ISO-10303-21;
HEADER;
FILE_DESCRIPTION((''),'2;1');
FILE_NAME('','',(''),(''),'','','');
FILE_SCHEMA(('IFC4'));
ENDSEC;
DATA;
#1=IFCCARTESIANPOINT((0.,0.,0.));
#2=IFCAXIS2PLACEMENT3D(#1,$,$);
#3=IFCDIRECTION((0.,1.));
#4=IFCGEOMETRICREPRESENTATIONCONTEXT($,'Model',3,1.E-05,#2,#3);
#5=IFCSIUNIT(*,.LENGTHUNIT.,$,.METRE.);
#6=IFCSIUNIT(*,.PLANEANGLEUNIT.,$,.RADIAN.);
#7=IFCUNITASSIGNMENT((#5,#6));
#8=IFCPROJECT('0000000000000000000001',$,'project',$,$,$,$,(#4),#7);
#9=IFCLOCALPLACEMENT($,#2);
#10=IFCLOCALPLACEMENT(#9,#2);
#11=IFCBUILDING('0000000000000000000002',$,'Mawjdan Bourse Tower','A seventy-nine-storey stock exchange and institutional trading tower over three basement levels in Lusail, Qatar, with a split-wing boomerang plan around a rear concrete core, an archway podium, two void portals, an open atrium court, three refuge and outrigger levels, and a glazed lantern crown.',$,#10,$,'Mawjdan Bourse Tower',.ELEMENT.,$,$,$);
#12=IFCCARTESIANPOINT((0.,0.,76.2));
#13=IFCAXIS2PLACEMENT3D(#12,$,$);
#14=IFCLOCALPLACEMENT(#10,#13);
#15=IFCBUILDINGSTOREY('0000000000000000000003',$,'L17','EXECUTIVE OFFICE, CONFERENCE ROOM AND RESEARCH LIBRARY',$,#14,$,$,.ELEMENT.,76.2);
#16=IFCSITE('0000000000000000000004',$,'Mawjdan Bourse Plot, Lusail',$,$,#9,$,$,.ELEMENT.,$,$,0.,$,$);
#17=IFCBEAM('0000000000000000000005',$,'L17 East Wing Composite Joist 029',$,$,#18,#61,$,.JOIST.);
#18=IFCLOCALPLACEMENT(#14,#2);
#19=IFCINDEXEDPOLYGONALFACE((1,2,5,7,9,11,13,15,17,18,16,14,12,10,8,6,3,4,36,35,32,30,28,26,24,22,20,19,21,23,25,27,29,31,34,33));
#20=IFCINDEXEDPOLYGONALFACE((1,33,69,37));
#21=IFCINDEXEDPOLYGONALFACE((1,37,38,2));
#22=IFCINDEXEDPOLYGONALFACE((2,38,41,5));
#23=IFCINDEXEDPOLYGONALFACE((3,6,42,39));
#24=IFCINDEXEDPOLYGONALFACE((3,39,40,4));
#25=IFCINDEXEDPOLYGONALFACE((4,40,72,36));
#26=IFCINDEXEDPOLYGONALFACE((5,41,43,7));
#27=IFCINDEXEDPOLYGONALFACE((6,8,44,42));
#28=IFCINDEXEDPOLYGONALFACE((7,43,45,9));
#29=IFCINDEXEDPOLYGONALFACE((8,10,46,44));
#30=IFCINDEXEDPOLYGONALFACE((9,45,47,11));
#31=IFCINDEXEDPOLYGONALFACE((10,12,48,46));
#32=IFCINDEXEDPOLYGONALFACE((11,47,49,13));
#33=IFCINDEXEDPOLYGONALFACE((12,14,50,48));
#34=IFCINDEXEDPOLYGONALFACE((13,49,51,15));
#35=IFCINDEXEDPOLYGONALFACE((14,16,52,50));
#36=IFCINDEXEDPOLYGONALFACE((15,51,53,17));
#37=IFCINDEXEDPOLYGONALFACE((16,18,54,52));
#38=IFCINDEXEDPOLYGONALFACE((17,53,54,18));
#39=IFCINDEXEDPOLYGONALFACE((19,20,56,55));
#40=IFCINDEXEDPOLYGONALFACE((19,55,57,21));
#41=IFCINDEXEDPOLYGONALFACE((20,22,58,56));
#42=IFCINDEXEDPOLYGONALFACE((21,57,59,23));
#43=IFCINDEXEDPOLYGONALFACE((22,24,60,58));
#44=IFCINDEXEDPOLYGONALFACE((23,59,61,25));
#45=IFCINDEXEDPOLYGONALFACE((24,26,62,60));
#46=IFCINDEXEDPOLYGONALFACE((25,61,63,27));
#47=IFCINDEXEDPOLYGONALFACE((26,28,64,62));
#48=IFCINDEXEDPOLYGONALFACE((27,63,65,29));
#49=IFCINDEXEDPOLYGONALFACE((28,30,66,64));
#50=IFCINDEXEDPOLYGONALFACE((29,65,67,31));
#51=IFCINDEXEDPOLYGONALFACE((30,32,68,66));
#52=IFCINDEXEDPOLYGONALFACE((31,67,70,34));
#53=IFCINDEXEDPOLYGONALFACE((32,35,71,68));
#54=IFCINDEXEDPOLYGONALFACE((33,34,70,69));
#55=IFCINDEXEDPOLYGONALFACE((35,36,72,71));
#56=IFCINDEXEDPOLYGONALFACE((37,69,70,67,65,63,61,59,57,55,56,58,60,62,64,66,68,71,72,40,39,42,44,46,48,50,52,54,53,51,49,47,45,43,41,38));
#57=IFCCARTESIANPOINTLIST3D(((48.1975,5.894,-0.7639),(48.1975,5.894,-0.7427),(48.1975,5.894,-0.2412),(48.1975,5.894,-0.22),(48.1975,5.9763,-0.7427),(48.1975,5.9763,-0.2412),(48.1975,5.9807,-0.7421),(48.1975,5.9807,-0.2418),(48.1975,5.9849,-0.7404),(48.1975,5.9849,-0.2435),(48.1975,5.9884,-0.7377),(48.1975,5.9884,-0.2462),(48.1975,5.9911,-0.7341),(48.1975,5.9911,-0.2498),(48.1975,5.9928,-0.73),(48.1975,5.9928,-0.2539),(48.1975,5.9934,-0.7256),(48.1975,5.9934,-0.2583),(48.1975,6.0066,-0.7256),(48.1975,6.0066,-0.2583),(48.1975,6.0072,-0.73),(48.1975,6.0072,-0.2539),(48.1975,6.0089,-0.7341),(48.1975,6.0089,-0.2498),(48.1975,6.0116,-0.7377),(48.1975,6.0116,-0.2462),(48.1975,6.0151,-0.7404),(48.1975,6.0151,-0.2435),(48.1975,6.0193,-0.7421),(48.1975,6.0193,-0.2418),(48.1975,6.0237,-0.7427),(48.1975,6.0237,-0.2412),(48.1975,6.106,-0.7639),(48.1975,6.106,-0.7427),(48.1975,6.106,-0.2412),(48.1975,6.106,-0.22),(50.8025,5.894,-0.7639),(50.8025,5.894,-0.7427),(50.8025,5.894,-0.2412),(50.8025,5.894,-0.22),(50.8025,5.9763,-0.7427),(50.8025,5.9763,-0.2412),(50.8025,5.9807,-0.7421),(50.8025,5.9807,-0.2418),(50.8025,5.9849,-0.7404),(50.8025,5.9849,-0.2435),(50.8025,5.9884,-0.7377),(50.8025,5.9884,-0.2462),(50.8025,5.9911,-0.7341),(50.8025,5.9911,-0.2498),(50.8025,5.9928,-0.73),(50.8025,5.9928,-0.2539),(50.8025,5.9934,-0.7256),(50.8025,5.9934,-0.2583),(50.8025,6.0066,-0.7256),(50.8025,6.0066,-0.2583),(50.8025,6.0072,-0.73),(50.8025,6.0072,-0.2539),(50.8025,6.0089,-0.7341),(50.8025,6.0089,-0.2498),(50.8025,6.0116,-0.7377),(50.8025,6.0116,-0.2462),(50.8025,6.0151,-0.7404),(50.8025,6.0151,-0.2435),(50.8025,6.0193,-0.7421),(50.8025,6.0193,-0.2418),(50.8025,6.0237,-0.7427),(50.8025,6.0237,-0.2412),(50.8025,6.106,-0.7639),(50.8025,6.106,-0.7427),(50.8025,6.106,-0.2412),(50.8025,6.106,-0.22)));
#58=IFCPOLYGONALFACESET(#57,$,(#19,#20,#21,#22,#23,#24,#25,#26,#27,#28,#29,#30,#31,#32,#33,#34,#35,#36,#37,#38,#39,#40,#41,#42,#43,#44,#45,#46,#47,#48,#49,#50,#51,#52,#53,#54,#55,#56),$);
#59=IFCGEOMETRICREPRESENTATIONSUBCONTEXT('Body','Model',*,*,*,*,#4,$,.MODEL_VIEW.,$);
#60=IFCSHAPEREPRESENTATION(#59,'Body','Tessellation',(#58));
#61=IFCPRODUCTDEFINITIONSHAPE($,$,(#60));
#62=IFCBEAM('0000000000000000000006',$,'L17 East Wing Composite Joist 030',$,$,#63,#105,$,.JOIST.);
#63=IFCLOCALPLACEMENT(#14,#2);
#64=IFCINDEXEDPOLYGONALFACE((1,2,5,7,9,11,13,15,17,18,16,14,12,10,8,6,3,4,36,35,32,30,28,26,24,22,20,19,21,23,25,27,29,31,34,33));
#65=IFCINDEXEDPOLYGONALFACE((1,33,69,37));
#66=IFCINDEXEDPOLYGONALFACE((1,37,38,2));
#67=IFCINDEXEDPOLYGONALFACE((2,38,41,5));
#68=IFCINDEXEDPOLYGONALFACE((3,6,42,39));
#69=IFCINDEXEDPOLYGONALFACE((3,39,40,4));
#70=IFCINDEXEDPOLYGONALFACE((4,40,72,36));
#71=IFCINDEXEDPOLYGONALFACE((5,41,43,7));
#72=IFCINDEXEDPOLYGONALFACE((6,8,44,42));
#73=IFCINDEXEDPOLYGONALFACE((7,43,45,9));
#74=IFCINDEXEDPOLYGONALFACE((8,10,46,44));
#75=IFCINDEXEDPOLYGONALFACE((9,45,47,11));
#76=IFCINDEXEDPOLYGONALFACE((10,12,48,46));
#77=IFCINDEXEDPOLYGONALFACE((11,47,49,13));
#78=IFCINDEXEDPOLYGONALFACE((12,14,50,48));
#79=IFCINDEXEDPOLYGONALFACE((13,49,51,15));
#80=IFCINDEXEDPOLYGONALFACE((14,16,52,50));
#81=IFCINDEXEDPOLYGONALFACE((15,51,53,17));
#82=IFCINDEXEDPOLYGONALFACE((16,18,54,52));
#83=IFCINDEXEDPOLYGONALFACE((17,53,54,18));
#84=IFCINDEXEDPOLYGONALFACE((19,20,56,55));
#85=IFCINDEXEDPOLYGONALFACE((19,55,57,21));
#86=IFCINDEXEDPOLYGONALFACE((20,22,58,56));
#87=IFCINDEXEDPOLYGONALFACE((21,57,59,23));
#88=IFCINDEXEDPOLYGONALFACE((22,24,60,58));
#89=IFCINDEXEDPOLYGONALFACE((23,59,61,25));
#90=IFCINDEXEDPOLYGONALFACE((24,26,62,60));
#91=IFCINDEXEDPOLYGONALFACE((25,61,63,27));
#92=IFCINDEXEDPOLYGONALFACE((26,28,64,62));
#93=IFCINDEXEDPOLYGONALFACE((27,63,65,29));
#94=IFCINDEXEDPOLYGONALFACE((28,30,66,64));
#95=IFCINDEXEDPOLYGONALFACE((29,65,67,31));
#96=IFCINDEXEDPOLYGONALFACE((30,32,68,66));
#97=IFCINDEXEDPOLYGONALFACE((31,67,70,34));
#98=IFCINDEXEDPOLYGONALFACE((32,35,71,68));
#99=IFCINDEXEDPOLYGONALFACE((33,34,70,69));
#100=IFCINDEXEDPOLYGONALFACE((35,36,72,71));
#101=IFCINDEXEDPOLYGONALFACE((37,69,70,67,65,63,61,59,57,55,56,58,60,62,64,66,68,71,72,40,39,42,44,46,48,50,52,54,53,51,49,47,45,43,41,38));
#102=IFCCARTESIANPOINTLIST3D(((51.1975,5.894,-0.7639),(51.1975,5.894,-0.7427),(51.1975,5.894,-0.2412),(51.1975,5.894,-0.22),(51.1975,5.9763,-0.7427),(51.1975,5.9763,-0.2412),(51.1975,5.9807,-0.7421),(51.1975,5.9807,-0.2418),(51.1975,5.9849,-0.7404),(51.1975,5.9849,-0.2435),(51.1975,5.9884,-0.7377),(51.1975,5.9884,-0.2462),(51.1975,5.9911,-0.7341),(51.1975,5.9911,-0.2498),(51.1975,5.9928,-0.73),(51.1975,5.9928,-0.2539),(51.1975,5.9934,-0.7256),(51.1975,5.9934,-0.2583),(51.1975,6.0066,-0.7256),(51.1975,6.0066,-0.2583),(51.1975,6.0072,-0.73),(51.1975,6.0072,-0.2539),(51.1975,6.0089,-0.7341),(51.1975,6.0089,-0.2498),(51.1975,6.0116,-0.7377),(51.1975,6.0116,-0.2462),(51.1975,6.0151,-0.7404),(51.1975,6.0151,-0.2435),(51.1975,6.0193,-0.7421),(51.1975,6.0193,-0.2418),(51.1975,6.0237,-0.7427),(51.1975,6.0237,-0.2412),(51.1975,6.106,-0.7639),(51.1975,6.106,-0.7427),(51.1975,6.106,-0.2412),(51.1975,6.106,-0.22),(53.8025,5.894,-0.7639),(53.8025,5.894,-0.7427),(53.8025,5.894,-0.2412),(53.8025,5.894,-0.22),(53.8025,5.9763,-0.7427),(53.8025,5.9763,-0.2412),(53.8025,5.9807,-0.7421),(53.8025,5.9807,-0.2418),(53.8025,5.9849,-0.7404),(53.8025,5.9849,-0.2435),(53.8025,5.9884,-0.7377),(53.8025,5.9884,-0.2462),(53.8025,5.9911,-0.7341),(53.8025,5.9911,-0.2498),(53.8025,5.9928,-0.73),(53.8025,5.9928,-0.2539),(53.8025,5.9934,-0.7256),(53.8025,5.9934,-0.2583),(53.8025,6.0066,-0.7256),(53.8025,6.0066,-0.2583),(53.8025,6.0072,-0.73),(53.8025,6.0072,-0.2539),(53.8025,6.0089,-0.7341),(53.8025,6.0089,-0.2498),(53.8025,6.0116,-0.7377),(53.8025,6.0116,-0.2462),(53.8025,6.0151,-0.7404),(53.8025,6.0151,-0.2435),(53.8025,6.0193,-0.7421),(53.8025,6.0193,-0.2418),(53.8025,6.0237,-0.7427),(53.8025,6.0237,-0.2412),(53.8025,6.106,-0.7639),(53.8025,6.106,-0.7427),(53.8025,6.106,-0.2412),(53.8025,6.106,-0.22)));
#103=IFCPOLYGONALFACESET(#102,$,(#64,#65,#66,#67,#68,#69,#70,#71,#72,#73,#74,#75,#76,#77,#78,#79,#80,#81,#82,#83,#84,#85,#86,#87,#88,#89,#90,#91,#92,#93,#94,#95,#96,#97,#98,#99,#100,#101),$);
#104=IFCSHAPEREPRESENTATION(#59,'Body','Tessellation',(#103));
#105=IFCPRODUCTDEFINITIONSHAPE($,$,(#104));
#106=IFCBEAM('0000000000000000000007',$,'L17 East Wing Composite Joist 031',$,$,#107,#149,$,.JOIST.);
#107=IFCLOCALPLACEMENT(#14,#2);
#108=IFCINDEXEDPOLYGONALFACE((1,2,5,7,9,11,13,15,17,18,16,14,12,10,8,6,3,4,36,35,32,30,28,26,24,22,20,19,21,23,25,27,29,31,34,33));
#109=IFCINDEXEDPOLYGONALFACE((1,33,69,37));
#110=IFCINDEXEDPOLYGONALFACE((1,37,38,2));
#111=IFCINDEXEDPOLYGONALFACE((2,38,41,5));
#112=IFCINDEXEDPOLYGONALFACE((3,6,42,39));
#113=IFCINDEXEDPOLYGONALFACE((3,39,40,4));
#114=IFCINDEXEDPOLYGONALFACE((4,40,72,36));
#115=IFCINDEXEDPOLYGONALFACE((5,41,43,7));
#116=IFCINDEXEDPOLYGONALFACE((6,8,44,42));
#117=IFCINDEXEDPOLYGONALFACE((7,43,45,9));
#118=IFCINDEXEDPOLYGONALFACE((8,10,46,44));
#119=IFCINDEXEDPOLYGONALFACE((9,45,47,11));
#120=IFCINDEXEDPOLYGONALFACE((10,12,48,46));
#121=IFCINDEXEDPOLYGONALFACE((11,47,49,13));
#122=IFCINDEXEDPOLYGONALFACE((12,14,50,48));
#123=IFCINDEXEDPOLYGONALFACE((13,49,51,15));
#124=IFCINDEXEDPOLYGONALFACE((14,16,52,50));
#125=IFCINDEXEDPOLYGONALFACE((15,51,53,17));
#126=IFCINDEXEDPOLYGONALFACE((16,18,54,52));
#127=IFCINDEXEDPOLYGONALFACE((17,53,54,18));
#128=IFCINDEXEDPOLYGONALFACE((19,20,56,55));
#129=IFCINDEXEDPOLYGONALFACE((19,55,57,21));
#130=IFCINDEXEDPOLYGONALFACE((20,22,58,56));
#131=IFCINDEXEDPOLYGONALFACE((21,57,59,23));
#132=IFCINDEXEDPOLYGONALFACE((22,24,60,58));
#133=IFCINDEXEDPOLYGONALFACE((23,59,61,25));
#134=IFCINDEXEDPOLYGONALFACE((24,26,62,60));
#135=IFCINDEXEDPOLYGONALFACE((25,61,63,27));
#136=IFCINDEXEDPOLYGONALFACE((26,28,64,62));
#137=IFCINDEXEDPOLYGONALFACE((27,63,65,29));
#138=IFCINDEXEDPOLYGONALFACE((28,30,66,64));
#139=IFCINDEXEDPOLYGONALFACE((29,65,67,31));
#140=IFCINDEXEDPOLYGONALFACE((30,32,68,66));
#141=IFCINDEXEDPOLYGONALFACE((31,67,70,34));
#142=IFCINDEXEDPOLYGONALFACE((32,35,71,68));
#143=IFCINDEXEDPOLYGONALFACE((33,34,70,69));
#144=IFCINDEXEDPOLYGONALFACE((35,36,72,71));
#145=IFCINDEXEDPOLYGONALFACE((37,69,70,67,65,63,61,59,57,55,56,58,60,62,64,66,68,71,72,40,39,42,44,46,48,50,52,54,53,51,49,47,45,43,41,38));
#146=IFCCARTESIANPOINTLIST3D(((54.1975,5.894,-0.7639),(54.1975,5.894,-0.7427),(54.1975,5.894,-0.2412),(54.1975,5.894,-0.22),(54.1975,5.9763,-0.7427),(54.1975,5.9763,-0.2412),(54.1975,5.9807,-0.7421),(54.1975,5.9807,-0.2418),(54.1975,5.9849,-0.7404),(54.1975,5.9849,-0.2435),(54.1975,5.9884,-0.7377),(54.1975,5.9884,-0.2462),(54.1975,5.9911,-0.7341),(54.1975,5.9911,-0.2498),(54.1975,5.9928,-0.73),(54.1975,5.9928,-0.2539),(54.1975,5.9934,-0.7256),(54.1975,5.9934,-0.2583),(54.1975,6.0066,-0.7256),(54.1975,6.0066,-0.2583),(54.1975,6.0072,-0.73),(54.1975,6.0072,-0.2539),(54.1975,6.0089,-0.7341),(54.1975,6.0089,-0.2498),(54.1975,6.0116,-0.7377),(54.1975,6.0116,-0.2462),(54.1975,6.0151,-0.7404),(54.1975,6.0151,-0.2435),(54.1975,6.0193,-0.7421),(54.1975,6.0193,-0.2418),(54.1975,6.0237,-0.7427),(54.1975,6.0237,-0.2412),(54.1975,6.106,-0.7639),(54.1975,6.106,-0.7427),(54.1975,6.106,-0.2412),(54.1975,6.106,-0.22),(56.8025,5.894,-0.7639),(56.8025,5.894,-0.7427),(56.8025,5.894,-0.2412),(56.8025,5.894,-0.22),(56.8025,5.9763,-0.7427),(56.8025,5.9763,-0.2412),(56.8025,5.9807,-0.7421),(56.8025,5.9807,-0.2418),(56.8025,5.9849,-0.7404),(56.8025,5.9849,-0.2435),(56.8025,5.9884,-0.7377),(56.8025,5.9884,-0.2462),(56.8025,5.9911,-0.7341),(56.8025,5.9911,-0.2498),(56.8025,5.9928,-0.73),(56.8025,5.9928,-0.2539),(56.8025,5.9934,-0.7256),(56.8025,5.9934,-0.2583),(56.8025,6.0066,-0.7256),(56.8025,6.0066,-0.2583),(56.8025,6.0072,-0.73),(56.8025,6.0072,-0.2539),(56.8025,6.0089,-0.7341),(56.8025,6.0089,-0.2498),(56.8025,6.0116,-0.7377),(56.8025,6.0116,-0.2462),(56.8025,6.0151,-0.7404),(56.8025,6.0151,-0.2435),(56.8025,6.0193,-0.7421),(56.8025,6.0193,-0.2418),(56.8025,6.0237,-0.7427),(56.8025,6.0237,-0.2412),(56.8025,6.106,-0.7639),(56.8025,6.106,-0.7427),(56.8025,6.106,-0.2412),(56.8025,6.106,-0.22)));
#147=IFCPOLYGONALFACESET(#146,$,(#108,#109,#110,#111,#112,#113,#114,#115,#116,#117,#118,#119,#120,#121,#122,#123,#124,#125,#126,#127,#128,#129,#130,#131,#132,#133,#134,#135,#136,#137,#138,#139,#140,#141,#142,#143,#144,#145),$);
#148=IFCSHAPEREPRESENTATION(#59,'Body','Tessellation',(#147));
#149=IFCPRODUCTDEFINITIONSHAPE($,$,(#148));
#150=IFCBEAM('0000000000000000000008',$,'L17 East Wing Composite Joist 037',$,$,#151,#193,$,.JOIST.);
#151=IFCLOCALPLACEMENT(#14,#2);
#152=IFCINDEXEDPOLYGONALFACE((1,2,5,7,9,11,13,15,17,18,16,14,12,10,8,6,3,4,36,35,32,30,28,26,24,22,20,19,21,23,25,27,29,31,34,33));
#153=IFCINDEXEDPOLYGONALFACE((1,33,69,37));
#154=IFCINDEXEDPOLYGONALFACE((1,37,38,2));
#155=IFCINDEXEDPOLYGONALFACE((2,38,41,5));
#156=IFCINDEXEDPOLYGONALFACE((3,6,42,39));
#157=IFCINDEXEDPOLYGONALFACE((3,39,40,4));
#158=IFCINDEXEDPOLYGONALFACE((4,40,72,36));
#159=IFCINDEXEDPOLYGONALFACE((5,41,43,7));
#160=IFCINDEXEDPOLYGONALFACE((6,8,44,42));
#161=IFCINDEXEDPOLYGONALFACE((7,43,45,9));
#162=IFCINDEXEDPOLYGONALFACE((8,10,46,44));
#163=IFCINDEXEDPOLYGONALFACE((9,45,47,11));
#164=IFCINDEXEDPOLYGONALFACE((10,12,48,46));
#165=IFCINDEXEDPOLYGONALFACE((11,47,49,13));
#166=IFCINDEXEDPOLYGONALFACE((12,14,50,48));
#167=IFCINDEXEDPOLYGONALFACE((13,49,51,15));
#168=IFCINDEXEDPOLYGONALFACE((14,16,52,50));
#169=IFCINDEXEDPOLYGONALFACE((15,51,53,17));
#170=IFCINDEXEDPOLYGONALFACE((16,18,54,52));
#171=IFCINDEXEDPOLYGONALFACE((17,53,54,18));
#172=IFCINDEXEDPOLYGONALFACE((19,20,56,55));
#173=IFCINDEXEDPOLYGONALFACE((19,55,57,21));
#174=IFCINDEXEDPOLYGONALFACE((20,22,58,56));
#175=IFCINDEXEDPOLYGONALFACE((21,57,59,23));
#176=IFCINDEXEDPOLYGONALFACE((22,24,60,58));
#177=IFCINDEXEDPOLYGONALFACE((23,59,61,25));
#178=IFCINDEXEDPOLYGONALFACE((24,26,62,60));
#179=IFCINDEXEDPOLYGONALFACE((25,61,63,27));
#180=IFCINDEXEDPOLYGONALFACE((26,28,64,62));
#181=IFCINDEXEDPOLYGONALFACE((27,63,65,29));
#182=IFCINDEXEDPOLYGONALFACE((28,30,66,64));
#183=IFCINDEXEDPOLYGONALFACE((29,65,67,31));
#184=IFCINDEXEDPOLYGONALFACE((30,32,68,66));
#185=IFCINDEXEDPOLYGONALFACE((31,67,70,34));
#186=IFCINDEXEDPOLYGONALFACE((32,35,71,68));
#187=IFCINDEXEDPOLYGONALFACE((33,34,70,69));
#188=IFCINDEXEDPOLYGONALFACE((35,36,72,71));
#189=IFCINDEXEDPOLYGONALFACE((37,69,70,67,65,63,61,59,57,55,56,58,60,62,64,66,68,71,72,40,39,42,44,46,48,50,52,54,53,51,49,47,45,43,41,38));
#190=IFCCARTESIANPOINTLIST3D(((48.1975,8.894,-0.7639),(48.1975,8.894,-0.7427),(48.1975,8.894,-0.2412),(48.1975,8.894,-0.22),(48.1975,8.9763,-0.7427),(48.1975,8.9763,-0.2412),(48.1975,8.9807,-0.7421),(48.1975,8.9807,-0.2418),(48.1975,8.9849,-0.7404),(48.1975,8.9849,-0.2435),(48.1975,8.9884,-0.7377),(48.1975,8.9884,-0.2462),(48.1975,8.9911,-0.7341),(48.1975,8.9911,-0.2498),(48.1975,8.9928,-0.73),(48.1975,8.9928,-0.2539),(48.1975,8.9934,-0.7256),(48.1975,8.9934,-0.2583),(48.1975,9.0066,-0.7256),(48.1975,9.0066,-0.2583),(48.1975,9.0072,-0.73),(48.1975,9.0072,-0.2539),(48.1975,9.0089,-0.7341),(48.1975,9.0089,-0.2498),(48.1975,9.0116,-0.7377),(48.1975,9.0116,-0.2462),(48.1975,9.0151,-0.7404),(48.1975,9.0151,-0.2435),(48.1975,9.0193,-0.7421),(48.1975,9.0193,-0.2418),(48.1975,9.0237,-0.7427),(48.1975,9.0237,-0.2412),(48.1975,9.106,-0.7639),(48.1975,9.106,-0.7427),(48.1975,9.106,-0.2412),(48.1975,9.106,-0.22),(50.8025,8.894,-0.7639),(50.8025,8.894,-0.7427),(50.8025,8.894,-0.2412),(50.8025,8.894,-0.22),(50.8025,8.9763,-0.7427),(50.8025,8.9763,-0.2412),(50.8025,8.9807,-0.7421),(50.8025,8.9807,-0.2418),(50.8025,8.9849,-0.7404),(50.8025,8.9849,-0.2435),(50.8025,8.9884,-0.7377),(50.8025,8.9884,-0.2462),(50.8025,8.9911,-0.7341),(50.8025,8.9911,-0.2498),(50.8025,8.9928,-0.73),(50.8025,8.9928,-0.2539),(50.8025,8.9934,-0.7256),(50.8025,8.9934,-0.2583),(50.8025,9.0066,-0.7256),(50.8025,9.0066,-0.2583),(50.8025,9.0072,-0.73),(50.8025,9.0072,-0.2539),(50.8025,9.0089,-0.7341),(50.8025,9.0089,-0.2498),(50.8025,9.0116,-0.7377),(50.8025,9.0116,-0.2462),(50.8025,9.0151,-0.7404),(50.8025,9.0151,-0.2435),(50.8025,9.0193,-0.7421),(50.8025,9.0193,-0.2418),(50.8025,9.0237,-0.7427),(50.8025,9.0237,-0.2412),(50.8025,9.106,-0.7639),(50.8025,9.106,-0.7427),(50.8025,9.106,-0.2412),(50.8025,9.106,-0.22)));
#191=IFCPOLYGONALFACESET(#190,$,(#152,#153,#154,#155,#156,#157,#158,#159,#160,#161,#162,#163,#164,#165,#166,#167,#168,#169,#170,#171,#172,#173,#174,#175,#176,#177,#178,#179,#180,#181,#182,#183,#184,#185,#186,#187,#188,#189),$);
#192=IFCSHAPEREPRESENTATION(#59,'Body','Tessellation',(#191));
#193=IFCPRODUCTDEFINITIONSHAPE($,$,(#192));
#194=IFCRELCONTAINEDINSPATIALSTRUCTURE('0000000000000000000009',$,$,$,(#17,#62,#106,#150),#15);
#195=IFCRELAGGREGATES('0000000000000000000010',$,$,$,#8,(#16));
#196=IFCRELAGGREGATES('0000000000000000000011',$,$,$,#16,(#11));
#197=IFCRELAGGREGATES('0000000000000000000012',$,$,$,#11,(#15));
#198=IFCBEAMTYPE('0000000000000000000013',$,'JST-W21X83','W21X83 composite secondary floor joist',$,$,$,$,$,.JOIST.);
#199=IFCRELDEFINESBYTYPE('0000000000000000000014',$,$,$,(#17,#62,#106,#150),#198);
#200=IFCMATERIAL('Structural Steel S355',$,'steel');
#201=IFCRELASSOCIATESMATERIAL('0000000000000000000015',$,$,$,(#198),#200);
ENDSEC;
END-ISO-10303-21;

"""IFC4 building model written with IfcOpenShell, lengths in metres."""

from ifc_helpers import new_model, si_unit, direction, frame, origin, origin_2d, place, context, subcontext, project, spatial, i_section, extrude, material, material_profile, profile_set, type_object, element, save


model = new_model("IFC4")

# Units and contexts
model_context = context("Model", 3, precision=1e-05, world=origin(), true_north=direction((0.0, 1.0)))
body_context = subcontext(model_context, "Body", "Model", "MODEL_VIEW")
ifc_project = project(units=[si_unit("LENGTHUNIT", "METRE"), si_unit("PLANEANGLEUNIT", "RADIAN")], contexts=[model_context])

# Site, building, storey
site_placement = place(None, origin())
site = spatial("IfcSite", under=ifc_project, at=site_placement, Name="Mawjdan Bourse Plot, Lusail", CompositionType="ELEMENT", RefElevation=0.0)
building_placement = place(site_placement, origin())
building = spatial("IfcBuilding", under=site, at=building_placement, Name="Mawjdan Bourse Tower", Description="A seventy-nine-storey stock exchange and institutional trading tower over three basement levels in Lusail, Qatar, with a split-wing boomerang plan around a rear concrete core, an archway podium, two void portals, an open atrium court, three refuge and outrigger levels, and a glazed lantern crown.", LongName="Mawjdan Bourse Tower", CompositionType="ELEMENT")
storey_placement = place(building_placement, frame((0.0, 0.0, 76.2)))
storey = spatial("IfcBuildingStorey", under=building, at=storey_placement, Name="L17", Description="EXECUTIVE OFFICE, CONFERENCE ROOM AND RESEARCH LIBRARY", CompositionType="ELEMENT", Elevation=76.2)

# Beams
ifc_material_1 = material(Name="Structural Steel S355", Category="steel")
ifc_material_profile_1 = material_profile(ifc_material_1, i_section(OverallWidth=0.2119, OverallDepth=0.5439, WebThickness=0.0132, FlangeThickness=0.0212, FilletRadius=0.0171, at=origin_2d()), Name="W21X83")
ifc_profile_set_1 = profile_set([ifc_material_profile_1], Name="Structural Steel S355")
beam_type_1 = type_object("IfcBeamType", Name="JST-W21X83", Description="W21X83 composite secondary floor joist", PredefinedType="JOIST", material=ifc_profile_set_1)
for number, where, z_axis, x_axis, name in (
    (1, (48.1975, 6.0, -0.4919), (1.0, 0.0, 0.0), (0.0, 1.0, 0.0), "L17 East Wing Composite Joist 029"),
    (2, (51.1975, 6.0, -0.4919), (1.0, 0.0, 0.0), (0.0, 1.0, 0.0), "L17 East Wing Composite Joist 030"),
    (3, (54.1975, 6.0, -0.4919), (1.0, 0.0, 0.0), (0.0, 1.0, 0.0), "L17 East Wing Composite Joist 031"),
    (4, (48.1975, 9.0, -0.4919), (1.0, 0.0, 0.0), (0.0, 1.0, 0.0), "L17 East Wing Composite Joist 037"),
):
    element("IfcBeam", number, at=place(storey_placement, frame(where, z_axis=z_axis, x_axis=x_axis)), inside=storey, type_object=beam_type_1, Name=name, PredefinedType="JOIST", context=body_context, shape_type="SweptSolid", body=[
        extrude(i_section(OverallWidth=0.2119, OverallDepth=0.5439, WebThickness=0.0132, FlangeThickness=0.0212, FilletRadius=0.0171, at=origin_2d()), origin(), (0.0, 0.0, 1.0), 2.605),
    ])

save(model, "model.ifc")
